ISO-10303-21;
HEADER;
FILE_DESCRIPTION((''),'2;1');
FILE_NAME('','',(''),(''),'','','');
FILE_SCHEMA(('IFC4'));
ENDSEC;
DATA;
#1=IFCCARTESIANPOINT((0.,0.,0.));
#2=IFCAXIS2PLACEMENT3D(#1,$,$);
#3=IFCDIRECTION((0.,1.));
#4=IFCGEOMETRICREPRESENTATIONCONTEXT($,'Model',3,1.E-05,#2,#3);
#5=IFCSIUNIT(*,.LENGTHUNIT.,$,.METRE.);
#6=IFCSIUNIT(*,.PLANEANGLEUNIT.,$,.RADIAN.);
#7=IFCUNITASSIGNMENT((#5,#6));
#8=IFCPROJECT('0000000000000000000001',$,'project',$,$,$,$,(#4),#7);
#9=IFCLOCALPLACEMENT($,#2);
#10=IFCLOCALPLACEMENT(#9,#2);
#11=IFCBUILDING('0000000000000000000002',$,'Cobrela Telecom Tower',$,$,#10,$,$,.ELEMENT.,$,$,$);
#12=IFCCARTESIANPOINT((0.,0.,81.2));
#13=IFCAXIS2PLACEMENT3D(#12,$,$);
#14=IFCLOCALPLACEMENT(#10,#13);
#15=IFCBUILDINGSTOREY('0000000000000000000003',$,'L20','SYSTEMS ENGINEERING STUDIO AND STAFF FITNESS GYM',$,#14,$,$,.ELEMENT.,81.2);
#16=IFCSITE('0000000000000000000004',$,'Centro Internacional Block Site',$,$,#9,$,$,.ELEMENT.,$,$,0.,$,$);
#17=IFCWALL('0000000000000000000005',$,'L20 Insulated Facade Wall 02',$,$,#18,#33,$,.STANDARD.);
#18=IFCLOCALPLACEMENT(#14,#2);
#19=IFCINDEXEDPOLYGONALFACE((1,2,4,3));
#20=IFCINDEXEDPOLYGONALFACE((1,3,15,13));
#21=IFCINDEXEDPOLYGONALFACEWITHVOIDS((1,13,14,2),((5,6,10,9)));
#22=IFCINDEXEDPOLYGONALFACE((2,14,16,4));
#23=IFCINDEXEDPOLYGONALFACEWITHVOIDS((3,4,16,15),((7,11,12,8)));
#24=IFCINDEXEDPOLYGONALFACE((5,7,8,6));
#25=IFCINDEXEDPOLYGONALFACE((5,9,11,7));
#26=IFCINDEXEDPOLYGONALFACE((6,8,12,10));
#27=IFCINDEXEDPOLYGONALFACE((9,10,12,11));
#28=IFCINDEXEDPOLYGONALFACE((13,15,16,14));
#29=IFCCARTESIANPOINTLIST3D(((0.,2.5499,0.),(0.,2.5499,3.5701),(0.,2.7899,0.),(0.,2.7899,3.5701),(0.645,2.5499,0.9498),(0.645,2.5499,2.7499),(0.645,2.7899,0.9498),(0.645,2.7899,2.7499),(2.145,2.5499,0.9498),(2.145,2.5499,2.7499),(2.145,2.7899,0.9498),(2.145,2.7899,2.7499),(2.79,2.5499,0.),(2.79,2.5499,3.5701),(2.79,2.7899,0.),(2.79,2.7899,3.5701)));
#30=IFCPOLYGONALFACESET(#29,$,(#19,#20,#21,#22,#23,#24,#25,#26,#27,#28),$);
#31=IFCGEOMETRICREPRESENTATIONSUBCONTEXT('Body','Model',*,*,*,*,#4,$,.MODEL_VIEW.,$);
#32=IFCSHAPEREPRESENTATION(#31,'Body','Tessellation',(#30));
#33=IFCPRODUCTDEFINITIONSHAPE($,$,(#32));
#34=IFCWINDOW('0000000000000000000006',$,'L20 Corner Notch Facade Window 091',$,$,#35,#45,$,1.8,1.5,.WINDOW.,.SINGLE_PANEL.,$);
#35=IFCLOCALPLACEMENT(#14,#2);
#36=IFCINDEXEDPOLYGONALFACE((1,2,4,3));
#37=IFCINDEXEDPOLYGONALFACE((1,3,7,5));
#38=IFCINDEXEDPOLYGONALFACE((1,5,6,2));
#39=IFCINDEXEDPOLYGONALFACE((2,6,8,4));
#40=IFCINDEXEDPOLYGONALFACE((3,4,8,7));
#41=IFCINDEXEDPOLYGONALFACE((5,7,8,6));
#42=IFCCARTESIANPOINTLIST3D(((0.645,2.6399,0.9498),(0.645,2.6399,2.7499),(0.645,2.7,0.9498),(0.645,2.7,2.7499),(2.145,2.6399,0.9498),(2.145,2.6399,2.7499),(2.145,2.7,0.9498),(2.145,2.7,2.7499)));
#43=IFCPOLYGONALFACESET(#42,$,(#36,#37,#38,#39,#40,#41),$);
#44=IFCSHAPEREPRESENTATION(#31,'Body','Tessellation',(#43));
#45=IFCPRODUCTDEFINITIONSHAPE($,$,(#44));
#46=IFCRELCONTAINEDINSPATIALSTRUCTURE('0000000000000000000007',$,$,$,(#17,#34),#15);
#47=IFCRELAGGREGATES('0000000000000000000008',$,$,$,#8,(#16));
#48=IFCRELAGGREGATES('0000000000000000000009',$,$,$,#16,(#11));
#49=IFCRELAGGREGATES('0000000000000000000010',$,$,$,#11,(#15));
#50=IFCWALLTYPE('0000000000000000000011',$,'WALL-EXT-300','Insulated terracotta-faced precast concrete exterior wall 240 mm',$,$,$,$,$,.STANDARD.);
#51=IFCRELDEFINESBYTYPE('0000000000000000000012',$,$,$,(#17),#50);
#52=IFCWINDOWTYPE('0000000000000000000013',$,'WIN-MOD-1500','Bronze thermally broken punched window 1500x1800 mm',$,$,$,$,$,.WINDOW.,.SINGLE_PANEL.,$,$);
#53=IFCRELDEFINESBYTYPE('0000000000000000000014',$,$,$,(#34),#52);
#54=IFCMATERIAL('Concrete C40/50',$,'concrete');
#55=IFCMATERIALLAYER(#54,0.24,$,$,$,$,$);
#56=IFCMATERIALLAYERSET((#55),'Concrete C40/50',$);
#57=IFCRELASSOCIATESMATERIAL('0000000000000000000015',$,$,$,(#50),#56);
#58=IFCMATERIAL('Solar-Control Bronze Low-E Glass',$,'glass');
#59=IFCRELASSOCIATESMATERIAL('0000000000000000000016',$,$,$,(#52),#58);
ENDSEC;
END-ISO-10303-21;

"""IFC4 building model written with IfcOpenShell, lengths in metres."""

from ifc_helpers import new_model, si_unit, direction, frame, frame_2d, origin, place, context, subcontext, project, spatial, rectangle, extrude, material, layer, layer_set, type_object, element, fill, save


model = new_model("IFC4")

# Units and contexts
model_context = context("Model", 3, precision=1e-05, world=origin(), true_north=direction((0.0, 1.0)))
body_context = subcontext(model_context, "Body", "Model", "MODEL_VIEW")
ifc_project = project(units=[si_unit("LENGTHUNIT", "METRE"), si_unit("PLANEANGLEUNIT", "RADIAN")], contexts=[model_context])

# Site, building, storey
site_placement = place(None, origin())
site = spatial("IfcSite", under=ifc_project, at=site_placement, Name="Centro Internacional Block Site", CompositionType="ELEMENT", RefElevation=0.0)
building_placement = place(site_placement, origin())
building = spatial("IfcBuilding", under=site, at=building_placement, Name="Cobrela Telecom Tower", CompositionType="ELEMENT")
storey_placement = place(building_placement, frame((0.0, 0.0, 81.2)))
storey = spatial("IfcBuildingStorey", under=building, at=storey_placement, Name="L20", Description="SYSTEMS ENGINEERING STUDIO AND STAFF FITNESS GYM", CompositionType="ELEMENT", Elevation=81.2)

# Shared definitions
ifc_material_1 = material(Name="Solar-Control Bronze Low-E Glass", Category="glass")

# Wall, opening, window
ifc_material_2 = material(Name="Concrete C40/50", Category="concrete")
ifc_layer_1 = layer(ifc_material_2, 0.24)
ifc_layer_set_1 = layer_set([ifc_layer_1], Name="Concrete C40/50")
wall_type_1 = type_object("IfcWallType", Name="WALL-EXT-300", Description="Insulated terracotta-faced precast concrete exterior wall 240 mm", PredefinedType="STANDARD", material=ifc_layer_set_1)
wall_1_placement = place(storey_placement, frame((2.79, 2.6699, 0.0), z_axis=(0.0, 0.0, 1.0), x_axis=(-1.0, 0.0, 0.0)))
wall_1 = element("IfcWall", 1, at=wall_1_placement, inside=storey, type_object=wall_type_1, Name="L20 Insulated Facade Wall 02", PredefinedType="STANDARD", context=body_context, shape_type="SweptSolid", body=[
    extrude(rectangle(XDim=2.79, YDim=0.24, at=frame_2d((1.395, 0.0))), origin(), (0.0, 0.0, 1.0), 3.5701),
])
opening_1_placement = place(wall_1_placement, frame((0.645, 0.0, 0.95)))
opening_1 = element("IfcOpeningElement", 2, at=opening_1_placement, cuts=wall_1, PredefinedType="OPENING", context=body_context, shape_type="SweptSolid", body=[
    extrude(rectangle(XDim=1.5, YDim=1.8, at=frame_2d((0.75, 0.8999))), frame((0.0, 0.1318, 0.0), z_axis=(0.0, -1.0, 0.0), x_axis=(1.0, 0.0, 0.0)), (0.0, 0.0, 1.0), 0.2639),
])
window_type_1 = type_object("IfcWindowType", Name="WIN-MOD-1500", Description="Bronze thermally broken punched window 1500x1800 mm", PartitioningType="SINGLE_PANEL", PredefinedType="WINDOW", material=ifc_material_1)
window_1_placement = place(opening_1_placement, origin())
window_1 = element("IfcWindow", 3, at=window_1_placement, inside=storey, type_object=window_type_1, Name="L20 Corner Notch Facade Window 091", OverallHeight=1.8, OverallWidth=1.5, PartitioningType="SINGLE_PANEL", PredefinedType="WINDOW", context=body_context, shape_type="SweptSolid", body=[
    extrude(rectangle(XDim=1.5, YDim=1.8, at=frame_2d((0.75, 0.8999))), frame((0.0, 0.03, 0.0), z_axis=(0.0, -1.0, 0.0), x_axis=(1.0, 0.0, 0.0)), (0.0, 0.0, 1.0), 0.0601),
])
fill(opening_1, window_1)

save(model, "model.ifc")
